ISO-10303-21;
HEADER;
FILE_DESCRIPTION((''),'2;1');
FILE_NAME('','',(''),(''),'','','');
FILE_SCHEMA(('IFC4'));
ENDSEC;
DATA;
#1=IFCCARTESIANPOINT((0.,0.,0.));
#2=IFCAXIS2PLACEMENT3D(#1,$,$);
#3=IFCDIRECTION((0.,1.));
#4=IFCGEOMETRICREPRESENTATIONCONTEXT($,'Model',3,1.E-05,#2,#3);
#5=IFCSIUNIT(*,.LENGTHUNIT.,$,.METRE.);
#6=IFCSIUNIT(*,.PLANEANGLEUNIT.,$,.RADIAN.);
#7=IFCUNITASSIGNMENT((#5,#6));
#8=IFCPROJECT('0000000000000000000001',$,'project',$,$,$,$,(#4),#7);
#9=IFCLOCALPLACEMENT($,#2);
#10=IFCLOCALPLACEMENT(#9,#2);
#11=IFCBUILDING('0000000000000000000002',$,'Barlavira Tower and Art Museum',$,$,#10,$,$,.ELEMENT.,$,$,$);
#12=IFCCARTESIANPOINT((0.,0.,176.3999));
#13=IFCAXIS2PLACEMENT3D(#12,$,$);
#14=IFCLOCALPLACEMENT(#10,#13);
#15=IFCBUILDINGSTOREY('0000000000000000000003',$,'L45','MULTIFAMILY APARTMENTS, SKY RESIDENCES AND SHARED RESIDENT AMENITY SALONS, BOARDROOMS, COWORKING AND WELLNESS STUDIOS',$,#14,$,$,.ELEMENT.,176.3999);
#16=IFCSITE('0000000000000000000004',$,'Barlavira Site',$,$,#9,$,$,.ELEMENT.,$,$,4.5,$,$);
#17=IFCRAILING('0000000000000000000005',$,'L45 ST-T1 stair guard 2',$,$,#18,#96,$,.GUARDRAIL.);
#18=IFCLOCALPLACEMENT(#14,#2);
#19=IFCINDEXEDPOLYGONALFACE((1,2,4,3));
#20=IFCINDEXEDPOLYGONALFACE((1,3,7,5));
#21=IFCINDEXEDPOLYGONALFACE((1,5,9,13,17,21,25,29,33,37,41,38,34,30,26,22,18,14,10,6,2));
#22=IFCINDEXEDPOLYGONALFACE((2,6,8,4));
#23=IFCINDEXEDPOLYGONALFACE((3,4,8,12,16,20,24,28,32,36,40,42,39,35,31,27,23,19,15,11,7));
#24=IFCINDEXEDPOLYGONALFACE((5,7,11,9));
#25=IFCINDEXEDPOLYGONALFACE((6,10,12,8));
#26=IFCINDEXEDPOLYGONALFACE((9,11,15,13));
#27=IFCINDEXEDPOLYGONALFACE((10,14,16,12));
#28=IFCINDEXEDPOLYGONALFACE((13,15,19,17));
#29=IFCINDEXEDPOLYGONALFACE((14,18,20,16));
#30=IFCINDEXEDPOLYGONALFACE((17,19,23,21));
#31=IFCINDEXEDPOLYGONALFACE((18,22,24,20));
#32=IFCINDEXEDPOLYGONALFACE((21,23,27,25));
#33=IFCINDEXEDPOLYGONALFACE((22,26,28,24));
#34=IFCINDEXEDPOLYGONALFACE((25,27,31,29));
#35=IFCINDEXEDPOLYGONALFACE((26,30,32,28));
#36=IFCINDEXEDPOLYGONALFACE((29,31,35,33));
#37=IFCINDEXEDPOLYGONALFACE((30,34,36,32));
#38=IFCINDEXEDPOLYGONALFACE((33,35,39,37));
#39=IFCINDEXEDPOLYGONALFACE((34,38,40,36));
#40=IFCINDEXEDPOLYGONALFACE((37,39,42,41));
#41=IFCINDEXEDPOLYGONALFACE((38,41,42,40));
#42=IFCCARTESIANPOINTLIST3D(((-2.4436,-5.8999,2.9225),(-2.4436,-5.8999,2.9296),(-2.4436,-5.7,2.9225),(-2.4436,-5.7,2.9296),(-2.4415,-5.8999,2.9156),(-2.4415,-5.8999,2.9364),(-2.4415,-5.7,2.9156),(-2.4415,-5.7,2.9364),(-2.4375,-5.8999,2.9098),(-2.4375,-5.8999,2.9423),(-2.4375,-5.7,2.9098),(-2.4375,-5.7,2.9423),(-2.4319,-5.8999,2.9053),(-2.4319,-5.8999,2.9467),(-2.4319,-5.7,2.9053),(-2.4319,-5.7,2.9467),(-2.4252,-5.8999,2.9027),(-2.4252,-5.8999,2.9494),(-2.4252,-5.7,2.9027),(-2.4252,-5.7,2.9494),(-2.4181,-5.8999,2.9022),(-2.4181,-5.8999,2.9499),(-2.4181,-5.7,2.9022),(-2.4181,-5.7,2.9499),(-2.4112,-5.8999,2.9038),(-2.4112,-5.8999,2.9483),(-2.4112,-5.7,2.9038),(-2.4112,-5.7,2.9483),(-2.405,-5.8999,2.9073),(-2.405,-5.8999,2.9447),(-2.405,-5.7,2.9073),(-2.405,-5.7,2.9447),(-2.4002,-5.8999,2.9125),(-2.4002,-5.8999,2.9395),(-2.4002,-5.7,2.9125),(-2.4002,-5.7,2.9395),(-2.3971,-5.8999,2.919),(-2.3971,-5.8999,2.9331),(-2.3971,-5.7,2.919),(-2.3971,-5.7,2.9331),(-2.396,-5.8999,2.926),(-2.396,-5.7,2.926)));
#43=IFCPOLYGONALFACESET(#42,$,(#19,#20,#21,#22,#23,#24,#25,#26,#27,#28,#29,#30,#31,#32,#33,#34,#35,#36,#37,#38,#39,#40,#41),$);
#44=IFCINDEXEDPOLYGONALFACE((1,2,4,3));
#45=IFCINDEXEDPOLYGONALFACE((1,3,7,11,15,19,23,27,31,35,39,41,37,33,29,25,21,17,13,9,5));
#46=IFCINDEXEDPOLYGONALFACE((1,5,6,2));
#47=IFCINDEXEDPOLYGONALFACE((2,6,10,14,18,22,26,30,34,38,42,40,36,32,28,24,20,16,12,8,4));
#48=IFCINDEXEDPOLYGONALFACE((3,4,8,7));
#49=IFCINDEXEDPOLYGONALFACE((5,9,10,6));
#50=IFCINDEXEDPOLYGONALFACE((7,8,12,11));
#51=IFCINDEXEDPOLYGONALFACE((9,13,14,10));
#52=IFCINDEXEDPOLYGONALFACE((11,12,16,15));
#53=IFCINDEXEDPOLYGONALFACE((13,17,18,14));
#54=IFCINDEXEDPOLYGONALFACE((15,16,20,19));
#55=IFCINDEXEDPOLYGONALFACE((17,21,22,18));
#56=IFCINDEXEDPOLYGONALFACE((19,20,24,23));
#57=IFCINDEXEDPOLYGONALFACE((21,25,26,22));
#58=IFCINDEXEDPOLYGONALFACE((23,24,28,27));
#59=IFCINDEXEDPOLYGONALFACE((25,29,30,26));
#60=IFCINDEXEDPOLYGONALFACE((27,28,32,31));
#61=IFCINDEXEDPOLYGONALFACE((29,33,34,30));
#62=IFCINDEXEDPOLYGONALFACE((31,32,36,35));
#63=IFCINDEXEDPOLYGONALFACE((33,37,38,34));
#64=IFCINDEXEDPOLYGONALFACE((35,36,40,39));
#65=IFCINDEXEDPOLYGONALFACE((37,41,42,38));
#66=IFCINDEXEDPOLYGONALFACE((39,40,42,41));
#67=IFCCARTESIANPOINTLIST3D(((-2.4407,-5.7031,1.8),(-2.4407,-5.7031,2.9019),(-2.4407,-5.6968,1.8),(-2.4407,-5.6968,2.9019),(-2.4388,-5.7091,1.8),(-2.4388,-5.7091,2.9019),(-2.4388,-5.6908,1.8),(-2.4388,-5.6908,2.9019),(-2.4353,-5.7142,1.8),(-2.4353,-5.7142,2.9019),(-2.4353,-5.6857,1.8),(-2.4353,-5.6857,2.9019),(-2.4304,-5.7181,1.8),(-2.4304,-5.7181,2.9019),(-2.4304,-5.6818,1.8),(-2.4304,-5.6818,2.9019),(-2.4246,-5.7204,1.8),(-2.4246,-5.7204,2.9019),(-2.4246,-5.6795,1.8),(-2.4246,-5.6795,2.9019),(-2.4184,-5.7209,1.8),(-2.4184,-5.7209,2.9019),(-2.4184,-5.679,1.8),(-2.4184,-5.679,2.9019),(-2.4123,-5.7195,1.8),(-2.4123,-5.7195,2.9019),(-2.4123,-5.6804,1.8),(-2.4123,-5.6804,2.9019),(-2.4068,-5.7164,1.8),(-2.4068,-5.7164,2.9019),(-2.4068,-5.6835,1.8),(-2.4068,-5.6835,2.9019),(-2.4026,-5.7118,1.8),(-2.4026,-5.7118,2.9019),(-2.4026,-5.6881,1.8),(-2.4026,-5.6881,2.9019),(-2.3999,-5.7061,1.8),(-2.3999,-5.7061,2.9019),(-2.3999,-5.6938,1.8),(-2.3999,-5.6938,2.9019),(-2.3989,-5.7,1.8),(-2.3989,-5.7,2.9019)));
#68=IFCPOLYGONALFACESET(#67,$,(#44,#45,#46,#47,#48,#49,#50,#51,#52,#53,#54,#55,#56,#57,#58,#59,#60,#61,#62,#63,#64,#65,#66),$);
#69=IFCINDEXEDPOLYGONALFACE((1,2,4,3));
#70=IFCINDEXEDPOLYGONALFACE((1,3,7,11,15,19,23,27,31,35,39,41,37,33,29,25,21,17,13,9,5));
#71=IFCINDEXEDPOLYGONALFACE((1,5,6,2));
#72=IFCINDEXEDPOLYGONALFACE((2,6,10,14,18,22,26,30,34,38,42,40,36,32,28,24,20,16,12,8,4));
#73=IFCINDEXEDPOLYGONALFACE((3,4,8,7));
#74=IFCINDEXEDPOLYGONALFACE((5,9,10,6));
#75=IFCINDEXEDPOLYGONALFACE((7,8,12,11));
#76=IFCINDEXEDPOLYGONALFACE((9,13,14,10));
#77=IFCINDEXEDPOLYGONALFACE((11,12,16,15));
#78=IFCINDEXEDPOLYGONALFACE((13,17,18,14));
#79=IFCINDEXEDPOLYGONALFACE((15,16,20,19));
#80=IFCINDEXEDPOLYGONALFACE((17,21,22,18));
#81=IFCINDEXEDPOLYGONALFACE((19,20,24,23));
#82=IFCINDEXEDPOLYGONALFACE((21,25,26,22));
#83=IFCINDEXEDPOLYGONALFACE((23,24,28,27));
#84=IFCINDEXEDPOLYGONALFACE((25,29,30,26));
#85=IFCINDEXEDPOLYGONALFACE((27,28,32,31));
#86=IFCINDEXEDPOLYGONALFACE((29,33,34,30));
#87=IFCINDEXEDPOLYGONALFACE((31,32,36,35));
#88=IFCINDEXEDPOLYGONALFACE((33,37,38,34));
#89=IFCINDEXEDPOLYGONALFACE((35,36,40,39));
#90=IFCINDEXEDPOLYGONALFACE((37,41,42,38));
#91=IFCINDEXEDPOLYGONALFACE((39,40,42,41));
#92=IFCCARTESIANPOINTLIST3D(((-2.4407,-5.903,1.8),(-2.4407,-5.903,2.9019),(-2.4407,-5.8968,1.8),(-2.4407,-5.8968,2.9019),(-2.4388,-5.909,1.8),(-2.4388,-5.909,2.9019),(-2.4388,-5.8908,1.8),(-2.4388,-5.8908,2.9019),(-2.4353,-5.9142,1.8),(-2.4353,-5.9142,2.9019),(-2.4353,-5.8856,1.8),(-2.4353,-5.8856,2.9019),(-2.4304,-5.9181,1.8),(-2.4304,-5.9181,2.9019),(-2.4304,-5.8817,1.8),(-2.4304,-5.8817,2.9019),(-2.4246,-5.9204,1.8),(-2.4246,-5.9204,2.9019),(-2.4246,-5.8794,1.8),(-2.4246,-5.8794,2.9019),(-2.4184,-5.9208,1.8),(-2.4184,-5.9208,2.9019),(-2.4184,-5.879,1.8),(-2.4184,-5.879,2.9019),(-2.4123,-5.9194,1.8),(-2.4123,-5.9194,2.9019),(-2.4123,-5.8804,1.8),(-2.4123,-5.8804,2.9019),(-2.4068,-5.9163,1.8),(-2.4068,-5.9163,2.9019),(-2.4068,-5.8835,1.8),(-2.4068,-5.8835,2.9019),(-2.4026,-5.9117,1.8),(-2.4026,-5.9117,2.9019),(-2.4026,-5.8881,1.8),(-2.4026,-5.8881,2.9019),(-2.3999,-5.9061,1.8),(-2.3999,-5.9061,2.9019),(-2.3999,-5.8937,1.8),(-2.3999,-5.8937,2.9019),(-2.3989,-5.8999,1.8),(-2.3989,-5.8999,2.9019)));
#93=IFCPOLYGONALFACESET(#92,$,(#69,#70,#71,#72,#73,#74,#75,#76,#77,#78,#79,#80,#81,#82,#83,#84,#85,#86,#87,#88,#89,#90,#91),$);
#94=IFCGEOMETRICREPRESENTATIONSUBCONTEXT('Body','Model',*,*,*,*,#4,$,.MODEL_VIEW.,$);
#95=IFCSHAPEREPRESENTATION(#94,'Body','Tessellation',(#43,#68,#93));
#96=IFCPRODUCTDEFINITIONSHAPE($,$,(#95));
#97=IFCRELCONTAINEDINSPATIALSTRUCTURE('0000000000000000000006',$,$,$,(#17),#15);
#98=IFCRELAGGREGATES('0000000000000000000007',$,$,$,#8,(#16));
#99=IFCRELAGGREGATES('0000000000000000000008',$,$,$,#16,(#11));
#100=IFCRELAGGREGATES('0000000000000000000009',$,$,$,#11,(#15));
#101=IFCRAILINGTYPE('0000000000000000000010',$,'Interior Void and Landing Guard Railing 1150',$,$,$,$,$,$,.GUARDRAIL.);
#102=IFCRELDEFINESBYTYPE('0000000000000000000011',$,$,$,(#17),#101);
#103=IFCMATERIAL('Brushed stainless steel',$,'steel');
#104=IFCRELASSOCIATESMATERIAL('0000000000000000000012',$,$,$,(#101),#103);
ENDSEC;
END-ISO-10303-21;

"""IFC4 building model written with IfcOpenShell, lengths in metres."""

from ifc_helpers import new_model, si_unit, direction, frame, origin, origin_2d, place, context, subcontext, project, spatial, circle, extrude, material, type_object, element, save


model = new_model("IFC4")

# Units and contexts
model_context = context("Model", 3, precision=1e-05, world=origin(), true_north=direction((0.0, 1.0)))
body_context = subcontext(model_context, "Body", "Model", "MODEL_VIEW")
ifc_project = project(units=[si_unit("LENGTHUNIT", "METRE"), si_unit("PLANEANGLEUNIT", "RADIAN")], contexts=[model_context])

# Site, building, storey
site_placement = place(None, origin())
site = spatial("IfcSite", under=ifc_project, at=site_placement, Name="Barlavira Site", CompositionType="ELEMENT", RefElevation=4.5)
building_placement = place(site_placement, origin())
building = spatial("IfcBuilding", under=site, at=building_placement, Name="Barlavira Tower and Art Museum", CompositionType="ELEMENT")
storey_placement = place(building_placement, frame((0.0, 0.0, 176.3999)))
storey = spatial("IfcBuildingStorey", under=building, at=storey_placement, Name="L45", Description="MULTIFAMILY APARTMENTS, SKY RESIDENCES AND SHARED RESIDENT AMENITY SALONS, BOARDROOMS, COWORKING AND WELLNESS STUDIOS", CompositionType="ELEMENT", Elevation=176.3999)

# Shared definitions
ifc_material_1 = material(Name="Brushed stainless steel", Category="steel")

# Railing
railing_type_1 = type_object("IfcRailingType", Name="Interior Void and Landing Guard Railing 1150", PredefinedType="GUARDRAIL", material=ifc_material_1)
railing_1_placement = place(storey_placement, frame((-2.4199, -5.7, 1.8)))
element("IfcRailing", 1, at=railing_1_placement, inside=storey, type_object=railing_type_1, Name="L45 ST-T1 stair guard 2", PredefinedType="GUARDRAIL", context=body_context, shape_type="SweptSolid", body=[
    extrude(circle(Radius=0.0239, at=origin_2d()), frame((0.0, 0.0, 1.126), z_axis=(0.0, -1.0, 0.0), x_axis=(1.0, 0.0, 0.0)), (0.0, 0.0, 1.0), 0.2),
    extrude(circle(Radius=0.021, at=origin_2d()), origin(), (0.0, 0.0, 1.0), 1.1018),
    extrude(circle(Radius=0.021, at=origin_2d()), frame((0.0, -0.2, 0.0)), (0.0, 0.0, 1.0), 1.1018),
])

save(model, "model.ifc")
